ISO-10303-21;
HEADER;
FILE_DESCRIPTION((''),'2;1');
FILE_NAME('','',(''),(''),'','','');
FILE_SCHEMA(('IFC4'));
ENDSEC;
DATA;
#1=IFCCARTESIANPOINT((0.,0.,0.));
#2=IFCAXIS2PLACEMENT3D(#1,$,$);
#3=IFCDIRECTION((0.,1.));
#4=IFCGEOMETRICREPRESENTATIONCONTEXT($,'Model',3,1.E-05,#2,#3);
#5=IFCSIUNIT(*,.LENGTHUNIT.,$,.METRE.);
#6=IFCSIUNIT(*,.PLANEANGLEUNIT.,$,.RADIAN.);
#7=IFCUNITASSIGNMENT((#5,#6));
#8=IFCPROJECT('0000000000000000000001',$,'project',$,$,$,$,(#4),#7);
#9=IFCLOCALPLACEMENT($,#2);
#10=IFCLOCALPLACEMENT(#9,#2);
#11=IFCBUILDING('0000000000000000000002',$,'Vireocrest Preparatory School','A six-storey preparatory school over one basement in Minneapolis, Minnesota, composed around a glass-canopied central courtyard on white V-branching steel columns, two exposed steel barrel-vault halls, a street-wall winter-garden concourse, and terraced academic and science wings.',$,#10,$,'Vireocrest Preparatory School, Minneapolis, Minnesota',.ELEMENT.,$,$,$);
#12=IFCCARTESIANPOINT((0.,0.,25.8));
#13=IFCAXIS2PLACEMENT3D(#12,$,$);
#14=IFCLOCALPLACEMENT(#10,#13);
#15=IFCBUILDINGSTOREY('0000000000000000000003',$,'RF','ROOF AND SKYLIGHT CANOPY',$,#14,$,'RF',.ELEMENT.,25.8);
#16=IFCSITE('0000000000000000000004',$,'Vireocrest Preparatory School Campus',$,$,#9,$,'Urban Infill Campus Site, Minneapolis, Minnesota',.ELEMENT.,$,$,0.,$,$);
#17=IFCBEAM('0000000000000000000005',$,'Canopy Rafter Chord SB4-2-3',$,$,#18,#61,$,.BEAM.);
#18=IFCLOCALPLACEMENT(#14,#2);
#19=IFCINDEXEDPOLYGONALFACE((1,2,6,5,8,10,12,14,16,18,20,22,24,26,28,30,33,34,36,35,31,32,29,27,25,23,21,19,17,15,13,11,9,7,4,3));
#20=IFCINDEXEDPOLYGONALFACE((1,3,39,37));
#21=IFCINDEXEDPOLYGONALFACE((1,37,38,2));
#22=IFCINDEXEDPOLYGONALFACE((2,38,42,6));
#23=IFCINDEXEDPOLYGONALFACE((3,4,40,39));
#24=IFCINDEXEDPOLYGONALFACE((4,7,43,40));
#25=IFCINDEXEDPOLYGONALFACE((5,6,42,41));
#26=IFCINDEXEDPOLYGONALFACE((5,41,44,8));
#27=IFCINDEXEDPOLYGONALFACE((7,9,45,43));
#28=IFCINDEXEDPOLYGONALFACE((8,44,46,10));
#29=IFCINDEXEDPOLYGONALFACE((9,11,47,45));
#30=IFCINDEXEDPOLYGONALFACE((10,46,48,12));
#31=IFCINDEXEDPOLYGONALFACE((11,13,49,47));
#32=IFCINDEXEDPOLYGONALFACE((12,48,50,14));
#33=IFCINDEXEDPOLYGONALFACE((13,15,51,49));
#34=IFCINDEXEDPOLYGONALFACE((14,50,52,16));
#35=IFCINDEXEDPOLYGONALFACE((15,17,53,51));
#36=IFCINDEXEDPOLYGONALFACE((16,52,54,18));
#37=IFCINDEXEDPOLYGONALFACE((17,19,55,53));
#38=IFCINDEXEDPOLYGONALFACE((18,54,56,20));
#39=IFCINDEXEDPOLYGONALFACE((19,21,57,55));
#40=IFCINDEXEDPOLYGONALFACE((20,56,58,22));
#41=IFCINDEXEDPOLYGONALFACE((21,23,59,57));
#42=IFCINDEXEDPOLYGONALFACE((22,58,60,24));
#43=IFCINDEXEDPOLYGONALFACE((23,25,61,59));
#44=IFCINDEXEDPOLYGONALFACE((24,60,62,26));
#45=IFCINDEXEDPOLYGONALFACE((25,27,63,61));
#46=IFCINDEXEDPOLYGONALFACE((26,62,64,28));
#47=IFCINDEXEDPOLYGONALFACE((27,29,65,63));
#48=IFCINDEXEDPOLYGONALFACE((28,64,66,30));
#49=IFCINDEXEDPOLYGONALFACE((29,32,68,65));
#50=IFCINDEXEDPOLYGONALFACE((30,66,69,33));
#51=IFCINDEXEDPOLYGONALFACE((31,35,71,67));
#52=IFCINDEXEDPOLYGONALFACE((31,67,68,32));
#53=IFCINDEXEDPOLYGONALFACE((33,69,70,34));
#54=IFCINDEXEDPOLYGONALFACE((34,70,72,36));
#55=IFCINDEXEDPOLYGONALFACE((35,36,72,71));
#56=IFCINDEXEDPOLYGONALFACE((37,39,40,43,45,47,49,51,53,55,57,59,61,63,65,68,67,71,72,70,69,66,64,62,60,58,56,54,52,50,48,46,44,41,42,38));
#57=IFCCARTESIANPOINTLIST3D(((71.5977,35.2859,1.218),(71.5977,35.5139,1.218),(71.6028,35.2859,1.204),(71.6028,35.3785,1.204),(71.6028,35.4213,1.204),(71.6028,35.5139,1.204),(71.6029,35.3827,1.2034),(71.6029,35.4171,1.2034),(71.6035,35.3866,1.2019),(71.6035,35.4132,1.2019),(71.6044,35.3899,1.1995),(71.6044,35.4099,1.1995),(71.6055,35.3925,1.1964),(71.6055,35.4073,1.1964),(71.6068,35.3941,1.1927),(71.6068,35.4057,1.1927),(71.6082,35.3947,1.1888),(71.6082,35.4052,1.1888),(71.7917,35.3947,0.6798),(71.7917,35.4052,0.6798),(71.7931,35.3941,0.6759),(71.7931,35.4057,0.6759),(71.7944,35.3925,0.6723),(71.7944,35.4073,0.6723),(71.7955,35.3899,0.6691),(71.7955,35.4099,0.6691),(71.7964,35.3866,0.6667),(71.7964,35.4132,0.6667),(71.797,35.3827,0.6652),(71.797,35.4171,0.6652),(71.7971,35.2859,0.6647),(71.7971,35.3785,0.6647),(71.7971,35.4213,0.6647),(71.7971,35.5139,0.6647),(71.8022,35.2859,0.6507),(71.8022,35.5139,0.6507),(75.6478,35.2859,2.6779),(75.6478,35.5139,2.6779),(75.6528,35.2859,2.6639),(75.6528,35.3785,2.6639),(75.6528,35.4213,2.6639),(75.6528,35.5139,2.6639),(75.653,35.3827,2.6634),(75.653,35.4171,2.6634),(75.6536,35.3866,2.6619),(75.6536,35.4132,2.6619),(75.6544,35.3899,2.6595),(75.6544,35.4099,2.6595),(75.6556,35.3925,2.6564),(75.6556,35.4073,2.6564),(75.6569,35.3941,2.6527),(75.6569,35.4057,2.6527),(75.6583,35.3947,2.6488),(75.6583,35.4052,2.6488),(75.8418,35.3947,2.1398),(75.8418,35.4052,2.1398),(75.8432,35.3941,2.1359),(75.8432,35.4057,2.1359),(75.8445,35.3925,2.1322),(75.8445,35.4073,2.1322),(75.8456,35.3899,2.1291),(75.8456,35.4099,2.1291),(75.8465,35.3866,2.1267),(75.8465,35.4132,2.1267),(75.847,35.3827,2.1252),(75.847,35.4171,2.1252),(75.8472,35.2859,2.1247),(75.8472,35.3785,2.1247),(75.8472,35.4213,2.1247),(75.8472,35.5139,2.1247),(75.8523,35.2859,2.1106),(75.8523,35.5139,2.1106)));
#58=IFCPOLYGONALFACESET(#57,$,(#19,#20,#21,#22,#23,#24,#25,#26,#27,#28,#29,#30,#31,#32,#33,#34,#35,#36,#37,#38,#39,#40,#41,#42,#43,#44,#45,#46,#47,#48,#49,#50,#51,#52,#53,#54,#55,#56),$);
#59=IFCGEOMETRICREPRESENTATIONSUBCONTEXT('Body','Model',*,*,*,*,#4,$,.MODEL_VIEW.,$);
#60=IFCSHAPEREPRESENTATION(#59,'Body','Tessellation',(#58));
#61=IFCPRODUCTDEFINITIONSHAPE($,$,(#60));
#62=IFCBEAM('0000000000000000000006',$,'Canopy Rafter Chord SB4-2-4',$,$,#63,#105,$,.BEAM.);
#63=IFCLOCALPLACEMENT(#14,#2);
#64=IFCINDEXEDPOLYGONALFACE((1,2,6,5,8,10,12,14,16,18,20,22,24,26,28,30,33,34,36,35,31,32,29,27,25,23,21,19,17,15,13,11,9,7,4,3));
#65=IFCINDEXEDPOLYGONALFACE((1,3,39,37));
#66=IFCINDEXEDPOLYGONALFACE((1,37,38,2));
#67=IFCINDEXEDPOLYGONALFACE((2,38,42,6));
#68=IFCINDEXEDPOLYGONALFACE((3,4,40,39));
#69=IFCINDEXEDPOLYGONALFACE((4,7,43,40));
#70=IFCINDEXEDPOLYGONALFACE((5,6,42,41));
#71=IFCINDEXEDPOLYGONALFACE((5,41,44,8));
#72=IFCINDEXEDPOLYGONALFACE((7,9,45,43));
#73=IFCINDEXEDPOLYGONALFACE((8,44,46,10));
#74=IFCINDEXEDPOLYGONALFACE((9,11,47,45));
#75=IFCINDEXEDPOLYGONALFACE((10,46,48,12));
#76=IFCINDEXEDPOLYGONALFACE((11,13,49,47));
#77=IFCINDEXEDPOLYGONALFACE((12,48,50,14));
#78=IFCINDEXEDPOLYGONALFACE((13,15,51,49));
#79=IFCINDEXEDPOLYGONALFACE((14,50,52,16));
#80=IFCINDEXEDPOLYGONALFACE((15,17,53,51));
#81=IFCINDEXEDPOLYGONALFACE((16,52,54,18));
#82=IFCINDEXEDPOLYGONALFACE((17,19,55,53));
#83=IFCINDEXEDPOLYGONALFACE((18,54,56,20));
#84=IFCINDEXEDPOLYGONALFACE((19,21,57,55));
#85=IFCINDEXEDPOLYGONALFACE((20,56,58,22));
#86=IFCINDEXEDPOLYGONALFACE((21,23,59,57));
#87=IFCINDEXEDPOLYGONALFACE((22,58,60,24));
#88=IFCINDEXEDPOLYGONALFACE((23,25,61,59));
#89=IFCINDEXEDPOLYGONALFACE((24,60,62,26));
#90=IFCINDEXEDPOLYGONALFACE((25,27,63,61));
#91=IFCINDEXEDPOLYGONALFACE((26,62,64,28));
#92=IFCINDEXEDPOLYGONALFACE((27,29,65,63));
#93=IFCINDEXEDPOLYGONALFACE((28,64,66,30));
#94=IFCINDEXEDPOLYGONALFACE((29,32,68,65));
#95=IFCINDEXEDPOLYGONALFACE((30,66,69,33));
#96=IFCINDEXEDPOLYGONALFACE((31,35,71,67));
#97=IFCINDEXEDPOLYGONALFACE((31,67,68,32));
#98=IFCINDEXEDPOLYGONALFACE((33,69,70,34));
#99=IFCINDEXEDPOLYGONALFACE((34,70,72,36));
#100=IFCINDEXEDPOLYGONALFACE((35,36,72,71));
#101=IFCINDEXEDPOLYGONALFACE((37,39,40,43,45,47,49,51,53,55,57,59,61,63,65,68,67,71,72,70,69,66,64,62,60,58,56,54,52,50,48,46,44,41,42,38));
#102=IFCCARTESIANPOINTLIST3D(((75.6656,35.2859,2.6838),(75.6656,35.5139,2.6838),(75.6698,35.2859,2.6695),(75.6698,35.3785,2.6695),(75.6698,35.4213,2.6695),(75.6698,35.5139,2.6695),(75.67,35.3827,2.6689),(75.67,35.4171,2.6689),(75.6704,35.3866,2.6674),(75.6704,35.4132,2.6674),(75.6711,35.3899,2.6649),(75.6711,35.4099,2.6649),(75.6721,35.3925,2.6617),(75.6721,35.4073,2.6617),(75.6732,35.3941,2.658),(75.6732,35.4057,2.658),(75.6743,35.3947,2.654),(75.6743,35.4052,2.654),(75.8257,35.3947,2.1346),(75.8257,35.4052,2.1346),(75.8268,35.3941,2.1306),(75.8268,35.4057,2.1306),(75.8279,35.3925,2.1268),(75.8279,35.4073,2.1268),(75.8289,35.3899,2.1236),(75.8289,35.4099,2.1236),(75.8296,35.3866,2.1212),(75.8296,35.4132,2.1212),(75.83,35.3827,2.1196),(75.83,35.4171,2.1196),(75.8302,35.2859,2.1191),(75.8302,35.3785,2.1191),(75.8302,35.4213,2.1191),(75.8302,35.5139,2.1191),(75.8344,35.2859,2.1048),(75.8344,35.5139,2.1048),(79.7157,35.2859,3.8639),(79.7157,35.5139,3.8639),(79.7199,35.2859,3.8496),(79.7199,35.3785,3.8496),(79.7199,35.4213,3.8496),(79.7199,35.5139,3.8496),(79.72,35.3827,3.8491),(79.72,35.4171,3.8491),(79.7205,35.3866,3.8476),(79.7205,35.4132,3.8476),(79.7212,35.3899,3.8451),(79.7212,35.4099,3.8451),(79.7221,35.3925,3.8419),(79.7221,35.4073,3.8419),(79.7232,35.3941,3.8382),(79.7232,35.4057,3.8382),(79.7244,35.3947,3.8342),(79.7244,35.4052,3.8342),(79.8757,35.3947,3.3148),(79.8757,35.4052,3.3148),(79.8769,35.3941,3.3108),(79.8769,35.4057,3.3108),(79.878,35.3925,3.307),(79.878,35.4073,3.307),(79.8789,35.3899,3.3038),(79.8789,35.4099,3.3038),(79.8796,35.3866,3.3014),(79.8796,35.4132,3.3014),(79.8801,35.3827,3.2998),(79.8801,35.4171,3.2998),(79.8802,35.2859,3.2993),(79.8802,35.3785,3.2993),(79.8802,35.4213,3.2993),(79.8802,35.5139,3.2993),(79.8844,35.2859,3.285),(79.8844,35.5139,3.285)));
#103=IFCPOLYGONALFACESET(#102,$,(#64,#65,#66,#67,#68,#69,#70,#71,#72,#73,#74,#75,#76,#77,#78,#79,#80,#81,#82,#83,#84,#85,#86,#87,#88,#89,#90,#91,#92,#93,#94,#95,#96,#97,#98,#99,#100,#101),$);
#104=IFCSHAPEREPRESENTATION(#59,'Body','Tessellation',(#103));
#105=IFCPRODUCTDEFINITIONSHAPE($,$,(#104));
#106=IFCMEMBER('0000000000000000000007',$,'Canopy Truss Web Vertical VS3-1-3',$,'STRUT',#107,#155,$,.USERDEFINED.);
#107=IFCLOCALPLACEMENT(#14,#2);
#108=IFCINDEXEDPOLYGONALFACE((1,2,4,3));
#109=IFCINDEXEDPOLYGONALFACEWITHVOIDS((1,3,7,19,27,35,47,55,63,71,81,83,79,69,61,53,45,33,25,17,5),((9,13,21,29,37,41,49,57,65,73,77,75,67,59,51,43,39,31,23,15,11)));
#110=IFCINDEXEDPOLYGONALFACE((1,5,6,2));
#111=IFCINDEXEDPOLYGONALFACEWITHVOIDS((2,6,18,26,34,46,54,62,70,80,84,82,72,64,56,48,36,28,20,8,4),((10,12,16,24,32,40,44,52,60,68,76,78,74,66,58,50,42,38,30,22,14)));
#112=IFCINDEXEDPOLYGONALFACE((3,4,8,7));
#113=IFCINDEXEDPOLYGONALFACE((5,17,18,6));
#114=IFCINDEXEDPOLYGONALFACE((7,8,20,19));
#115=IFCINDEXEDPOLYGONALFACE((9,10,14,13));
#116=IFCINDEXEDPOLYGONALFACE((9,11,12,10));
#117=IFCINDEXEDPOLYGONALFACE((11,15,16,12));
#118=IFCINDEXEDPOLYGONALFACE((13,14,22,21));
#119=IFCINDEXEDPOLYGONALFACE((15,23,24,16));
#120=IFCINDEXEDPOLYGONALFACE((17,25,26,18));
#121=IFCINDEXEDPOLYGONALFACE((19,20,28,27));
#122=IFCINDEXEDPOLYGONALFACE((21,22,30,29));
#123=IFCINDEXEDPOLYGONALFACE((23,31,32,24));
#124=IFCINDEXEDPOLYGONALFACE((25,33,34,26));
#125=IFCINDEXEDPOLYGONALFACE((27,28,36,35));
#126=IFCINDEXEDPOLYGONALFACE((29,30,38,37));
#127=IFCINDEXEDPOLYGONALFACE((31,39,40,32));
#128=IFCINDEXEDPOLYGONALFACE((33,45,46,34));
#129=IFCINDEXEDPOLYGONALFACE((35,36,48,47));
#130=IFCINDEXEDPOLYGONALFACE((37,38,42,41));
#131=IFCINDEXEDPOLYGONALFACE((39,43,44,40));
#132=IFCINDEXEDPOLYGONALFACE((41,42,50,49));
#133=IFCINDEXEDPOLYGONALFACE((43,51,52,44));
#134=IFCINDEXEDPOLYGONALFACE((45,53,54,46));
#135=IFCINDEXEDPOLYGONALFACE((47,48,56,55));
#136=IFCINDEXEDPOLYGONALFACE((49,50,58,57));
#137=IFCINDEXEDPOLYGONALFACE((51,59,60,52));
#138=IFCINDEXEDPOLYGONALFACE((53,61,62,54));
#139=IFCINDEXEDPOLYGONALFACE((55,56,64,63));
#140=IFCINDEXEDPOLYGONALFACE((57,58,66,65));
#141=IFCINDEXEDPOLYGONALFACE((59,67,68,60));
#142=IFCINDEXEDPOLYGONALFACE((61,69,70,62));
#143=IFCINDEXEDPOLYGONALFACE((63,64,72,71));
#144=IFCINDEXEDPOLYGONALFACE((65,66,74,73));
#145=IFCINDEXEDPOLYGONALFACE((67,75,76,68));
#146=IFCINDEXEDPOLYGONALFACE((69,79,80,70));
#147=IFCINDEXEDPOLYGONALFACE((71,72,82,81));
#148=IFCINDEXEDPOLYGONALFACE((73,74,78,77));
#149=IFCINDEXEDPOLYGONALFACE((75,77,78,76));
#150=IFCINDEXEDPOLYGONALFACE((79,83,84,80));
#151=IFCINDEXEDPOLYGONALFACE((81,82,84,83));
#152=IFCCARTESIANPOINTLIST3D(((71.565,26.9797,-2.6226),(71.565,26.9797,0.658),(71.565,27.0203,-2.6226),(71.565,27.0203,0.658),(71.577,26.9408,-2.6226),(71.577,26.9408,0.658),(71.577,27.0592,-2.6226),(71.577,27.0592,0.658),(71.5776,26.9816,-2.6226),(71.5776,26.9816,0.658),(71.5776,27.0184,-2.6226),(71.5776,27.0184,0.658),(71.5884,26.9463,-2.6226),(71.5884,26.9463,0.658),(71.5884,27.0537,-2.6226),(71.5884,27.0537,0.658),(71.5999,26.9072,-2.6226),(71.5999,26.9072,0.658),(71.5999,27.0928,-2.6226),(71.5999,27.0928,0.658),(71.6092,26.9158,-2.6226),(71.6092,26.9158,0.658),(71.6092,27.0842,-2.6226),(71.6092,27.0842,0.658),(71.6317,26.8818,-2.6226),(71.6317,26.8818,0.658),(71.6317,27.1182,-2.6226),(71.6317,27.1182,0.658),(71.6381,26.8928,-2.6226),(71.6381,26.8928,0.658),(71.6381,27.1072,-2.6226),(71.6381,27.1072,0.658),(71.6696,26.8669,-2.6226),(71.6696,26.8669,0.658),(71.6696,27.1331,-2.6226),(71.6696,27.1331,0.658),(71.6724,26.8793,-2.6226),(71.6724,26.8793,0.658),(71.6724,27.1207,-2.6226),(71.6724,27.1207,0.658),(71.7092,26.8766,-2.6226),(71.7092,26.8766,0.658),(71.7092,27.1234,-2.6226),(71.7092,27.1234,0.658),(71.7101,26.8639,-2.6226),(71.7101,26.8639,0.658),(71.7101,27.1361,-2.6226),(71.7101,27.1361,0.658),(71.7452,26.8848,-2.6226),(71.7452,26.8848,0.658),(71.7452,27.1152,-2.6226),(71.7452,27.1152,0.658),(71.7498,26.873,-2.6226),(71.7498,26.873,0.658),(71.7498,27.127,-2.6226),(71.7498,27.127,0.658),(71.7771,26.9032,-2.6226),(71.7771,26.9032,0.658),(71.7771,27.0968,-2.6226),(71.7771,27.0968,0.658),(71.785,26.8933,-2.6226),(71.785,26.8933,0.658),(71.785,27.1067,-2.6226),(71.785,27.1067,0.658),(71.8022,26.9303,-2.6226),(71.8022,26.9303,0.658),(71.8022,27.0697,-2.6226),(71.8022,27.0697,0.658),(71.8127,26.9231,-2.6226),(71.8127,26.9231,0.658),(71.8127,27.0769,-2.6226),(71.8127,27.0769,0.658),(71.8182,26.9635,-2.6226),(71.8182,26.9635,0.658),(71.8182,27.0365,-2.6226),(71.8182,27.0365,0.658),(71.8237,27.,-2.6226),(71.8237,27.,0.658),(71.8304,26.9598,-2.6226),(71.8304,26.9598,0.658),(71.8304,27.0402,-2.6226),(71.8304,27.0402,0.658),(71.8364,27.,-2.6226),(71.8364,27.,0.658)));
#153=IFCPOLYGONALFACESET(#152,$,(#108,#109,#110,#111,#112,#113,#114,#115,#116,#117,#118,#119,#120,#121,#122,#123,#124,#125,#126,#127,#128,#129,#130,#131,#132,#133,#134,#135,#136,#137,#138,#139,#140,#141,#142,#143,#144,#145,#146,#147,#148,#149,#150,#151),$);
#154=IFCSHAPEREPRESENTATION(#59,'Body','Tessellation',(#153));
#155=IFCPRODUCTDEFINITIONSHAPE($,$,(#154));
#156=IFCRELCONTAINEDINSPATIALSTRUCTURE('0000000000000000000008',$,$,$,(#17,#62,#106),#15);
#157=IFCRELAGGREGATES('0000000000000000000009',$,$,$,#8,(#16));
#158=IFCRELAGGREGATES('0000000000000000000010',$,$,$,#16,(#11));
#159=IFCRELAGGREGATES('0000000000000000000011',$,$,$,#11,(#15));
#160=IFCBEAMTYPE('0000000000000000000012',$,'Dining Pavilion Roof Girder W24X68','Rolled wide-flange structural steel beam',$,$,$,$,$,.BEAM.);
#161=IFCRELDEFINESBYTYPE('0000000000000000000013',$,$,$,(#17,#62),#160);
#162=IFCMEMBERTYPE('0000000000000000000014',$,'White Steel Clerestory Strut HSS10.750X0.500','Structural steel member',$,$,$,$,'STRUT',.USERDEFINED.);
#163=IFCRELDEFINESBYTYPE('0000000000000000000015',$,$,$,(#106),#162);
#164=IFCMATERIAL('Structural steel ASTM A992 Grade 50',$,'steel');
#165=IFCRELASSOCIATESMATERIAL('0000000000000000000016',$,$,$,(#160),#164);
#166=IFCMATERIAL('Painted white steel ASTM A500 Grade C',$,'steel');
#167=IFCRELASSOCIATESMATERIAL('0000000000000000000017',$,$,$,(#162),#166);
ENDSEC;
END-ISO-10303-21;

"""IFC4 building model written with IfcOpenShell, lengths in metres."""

from ifc_helpers import new_model, si_unit, direction, frame, origin, origin_2d, place, context, subcontext, project, spatial, hollow_circle, i_section, extrude, material, material_profile, profile_set, type_object, element, save


model = new_model("IFC4")

# Units and contexts
model_context = context("Model", 3, precision=1e-05, world=origin(), true_north=direction((0.0, 1.0)))
body_context = subcontext(model_context, "Body", "Model", "MODEL_VIEW")
ifc_project = project(units=[si_unit("LENGTHUNIT", "METRE"), si_unit("PLANEANGLEUNIT", "RADIAN")], contexts=[model_context])

# Site, building, storey
site_placement = place(None, origin())
site = spatial("IfcSite", under=ifc_project, at=site_placement, Name="Vireocrest Preparatory School Campus", LongName="Urban Infill Campus Site, Minneapolis, Minnesota", CompositionType="ELEMENT", RefElevation=0.0)
building_placement = place(site_placement, origin())
building = spatial("IfcBuilding", under=site, at=building_placement, Name="Vireocrest Preparatory School", Description="A six-storey preparatory school over one basement in Minneapolis, Minnesota, composed around a glass-canopied central courtyard on white V-branching steel columns, two exposed steel barrel-vault halls, a street-wall winter-garden concourse, and terraced academic and science wings.", LongName="Vireocrest Preparatory School, Minneapolis, Minnesota", CompositionType="ELEMENT")
storey_placement = place(building_placement, frame((0.0, 0.0, 25.8)))
storey = spatial("IfcBuildingStorey", under=building, at=storey_placement, Name="RF", Description="ROOF AND SKYLIGHT CANOPY", LongName="RF", CompositionType="ELEMENT", Elevation=25.8)

# Shared definitions
ifc_material_1 = material(Name="Painted white steel ASTM A500 Grade C", Category="steel")

# Beams
ifc_material_2 = material(Name="Structural steel ASTM A992 Grade 50", Category="steel")
ifc_material_profile_1 = material_profile(ifc_material_2, i_section(OverallWidth=0.228, OverallDepth=0.603, WebThickness=0.0105, FlangeThickness=0.0149, FilletRadius=0.0161, at=origin_2d()), Name="W24X68")
ifc_profile_set_1 = profile_set([ifc_material_profile_1], Name="Structural steel ASTM A992 Grade 50")
beam_type = type_object("IfcBeamType", Name="Dining Pavilion Roof Girder W24X68", Description="Rolled wide-flange structural steel beam", PredefinedType="BEAM", material=ifc_profile_set_1)
beam_1_placement = place(storey_placement, frame((71.7, 35.3999, 0.9343), z_axis=(0.940743, 0.0, 0.339119), x_axis=(0.0, 1.0, 0.0)))
element("IfcBeam", 1, at=beam_1_placement, inside=storey, type_object=beam_type, Name="Canopy Rafter Chord SB4-2-3", PredefinedType="BEAM", context=body_context, shape_type="SweptSolid", body=[
    extrude(i_section(OverallWidth=0.228, OverallDepth=0.603, WebThickness=0.0105, FlangeThickness=0.0149, FilletRadius=0.0161, at=origin_2d()), origin(), (0.0, 0.0, 1.0), 4.3052),
])
beam_2_placement = place(storey_placement, frame((75.75, 35.3999, 2.3943), z_axis=(0.960069, 0.0, 0.279762), x_axis=(0.0, 1.0, 0.0)))
element("IfcBeam", 2, at=beam_2_placement, inside=storey, type_object=beam_type, Name="Canopy Rafter Chord SB4-2-4", PredefinedType="BEAM", context=body_context, shape_type="SweptSolid", body=[
    extrude(i_section(OverallWidth=0.228, OverallDepth=0.603, WebThickness=0.0105, FlangeThickness=0.0149, FilletRadius=0.0161, at=origin_2d()), origin(), (0.0, 0.0, 1.0), 4.2185),
])

# Member
ifc_material_profile_2 = material_profile(ifc_material_1, hollow_circle(Radius=0.1365, WallThickness=0.0127, at=origin_2d()), Name="HSS10.750X0.500")
ifc_profile_set_2 = profile_set([ifc_material_profile_2], Name="Painted white steel ASTM A500 Grade C")
member_type_1 = type_object("IfcMemberType", Name="White Steel Clerestory Strut HSS10.750X0.500", Description="Structural steel member", ElementType="STRUT", PredefinedType="USERDEFINED", material=ifc_profile_set_2)
member_1_placement = place(storey_placement, frame((71.7, 27.0, -2.6226), z_axis=(0.0, 0.0, 1.0), x_axis=(1.0, 0.0, 0.0)))
element("IfcMember", 3, at=member_1_placement, inside=storey, type_object=member_type_1, Name="Canopy Truss Web Vertical VS3-1-3", ObjectType="STRUT", PredefinedType="USERDEFINED", context=body_context, shape_type="SweptSolid", body=[
    extrude(hollow_circle(Radius=0.1365, WallThickness=0.0127, at=origin_2d()), origin(), (0.0, 0.0, 1.0), 3.2805),
])

save(model, "model.ifc")
